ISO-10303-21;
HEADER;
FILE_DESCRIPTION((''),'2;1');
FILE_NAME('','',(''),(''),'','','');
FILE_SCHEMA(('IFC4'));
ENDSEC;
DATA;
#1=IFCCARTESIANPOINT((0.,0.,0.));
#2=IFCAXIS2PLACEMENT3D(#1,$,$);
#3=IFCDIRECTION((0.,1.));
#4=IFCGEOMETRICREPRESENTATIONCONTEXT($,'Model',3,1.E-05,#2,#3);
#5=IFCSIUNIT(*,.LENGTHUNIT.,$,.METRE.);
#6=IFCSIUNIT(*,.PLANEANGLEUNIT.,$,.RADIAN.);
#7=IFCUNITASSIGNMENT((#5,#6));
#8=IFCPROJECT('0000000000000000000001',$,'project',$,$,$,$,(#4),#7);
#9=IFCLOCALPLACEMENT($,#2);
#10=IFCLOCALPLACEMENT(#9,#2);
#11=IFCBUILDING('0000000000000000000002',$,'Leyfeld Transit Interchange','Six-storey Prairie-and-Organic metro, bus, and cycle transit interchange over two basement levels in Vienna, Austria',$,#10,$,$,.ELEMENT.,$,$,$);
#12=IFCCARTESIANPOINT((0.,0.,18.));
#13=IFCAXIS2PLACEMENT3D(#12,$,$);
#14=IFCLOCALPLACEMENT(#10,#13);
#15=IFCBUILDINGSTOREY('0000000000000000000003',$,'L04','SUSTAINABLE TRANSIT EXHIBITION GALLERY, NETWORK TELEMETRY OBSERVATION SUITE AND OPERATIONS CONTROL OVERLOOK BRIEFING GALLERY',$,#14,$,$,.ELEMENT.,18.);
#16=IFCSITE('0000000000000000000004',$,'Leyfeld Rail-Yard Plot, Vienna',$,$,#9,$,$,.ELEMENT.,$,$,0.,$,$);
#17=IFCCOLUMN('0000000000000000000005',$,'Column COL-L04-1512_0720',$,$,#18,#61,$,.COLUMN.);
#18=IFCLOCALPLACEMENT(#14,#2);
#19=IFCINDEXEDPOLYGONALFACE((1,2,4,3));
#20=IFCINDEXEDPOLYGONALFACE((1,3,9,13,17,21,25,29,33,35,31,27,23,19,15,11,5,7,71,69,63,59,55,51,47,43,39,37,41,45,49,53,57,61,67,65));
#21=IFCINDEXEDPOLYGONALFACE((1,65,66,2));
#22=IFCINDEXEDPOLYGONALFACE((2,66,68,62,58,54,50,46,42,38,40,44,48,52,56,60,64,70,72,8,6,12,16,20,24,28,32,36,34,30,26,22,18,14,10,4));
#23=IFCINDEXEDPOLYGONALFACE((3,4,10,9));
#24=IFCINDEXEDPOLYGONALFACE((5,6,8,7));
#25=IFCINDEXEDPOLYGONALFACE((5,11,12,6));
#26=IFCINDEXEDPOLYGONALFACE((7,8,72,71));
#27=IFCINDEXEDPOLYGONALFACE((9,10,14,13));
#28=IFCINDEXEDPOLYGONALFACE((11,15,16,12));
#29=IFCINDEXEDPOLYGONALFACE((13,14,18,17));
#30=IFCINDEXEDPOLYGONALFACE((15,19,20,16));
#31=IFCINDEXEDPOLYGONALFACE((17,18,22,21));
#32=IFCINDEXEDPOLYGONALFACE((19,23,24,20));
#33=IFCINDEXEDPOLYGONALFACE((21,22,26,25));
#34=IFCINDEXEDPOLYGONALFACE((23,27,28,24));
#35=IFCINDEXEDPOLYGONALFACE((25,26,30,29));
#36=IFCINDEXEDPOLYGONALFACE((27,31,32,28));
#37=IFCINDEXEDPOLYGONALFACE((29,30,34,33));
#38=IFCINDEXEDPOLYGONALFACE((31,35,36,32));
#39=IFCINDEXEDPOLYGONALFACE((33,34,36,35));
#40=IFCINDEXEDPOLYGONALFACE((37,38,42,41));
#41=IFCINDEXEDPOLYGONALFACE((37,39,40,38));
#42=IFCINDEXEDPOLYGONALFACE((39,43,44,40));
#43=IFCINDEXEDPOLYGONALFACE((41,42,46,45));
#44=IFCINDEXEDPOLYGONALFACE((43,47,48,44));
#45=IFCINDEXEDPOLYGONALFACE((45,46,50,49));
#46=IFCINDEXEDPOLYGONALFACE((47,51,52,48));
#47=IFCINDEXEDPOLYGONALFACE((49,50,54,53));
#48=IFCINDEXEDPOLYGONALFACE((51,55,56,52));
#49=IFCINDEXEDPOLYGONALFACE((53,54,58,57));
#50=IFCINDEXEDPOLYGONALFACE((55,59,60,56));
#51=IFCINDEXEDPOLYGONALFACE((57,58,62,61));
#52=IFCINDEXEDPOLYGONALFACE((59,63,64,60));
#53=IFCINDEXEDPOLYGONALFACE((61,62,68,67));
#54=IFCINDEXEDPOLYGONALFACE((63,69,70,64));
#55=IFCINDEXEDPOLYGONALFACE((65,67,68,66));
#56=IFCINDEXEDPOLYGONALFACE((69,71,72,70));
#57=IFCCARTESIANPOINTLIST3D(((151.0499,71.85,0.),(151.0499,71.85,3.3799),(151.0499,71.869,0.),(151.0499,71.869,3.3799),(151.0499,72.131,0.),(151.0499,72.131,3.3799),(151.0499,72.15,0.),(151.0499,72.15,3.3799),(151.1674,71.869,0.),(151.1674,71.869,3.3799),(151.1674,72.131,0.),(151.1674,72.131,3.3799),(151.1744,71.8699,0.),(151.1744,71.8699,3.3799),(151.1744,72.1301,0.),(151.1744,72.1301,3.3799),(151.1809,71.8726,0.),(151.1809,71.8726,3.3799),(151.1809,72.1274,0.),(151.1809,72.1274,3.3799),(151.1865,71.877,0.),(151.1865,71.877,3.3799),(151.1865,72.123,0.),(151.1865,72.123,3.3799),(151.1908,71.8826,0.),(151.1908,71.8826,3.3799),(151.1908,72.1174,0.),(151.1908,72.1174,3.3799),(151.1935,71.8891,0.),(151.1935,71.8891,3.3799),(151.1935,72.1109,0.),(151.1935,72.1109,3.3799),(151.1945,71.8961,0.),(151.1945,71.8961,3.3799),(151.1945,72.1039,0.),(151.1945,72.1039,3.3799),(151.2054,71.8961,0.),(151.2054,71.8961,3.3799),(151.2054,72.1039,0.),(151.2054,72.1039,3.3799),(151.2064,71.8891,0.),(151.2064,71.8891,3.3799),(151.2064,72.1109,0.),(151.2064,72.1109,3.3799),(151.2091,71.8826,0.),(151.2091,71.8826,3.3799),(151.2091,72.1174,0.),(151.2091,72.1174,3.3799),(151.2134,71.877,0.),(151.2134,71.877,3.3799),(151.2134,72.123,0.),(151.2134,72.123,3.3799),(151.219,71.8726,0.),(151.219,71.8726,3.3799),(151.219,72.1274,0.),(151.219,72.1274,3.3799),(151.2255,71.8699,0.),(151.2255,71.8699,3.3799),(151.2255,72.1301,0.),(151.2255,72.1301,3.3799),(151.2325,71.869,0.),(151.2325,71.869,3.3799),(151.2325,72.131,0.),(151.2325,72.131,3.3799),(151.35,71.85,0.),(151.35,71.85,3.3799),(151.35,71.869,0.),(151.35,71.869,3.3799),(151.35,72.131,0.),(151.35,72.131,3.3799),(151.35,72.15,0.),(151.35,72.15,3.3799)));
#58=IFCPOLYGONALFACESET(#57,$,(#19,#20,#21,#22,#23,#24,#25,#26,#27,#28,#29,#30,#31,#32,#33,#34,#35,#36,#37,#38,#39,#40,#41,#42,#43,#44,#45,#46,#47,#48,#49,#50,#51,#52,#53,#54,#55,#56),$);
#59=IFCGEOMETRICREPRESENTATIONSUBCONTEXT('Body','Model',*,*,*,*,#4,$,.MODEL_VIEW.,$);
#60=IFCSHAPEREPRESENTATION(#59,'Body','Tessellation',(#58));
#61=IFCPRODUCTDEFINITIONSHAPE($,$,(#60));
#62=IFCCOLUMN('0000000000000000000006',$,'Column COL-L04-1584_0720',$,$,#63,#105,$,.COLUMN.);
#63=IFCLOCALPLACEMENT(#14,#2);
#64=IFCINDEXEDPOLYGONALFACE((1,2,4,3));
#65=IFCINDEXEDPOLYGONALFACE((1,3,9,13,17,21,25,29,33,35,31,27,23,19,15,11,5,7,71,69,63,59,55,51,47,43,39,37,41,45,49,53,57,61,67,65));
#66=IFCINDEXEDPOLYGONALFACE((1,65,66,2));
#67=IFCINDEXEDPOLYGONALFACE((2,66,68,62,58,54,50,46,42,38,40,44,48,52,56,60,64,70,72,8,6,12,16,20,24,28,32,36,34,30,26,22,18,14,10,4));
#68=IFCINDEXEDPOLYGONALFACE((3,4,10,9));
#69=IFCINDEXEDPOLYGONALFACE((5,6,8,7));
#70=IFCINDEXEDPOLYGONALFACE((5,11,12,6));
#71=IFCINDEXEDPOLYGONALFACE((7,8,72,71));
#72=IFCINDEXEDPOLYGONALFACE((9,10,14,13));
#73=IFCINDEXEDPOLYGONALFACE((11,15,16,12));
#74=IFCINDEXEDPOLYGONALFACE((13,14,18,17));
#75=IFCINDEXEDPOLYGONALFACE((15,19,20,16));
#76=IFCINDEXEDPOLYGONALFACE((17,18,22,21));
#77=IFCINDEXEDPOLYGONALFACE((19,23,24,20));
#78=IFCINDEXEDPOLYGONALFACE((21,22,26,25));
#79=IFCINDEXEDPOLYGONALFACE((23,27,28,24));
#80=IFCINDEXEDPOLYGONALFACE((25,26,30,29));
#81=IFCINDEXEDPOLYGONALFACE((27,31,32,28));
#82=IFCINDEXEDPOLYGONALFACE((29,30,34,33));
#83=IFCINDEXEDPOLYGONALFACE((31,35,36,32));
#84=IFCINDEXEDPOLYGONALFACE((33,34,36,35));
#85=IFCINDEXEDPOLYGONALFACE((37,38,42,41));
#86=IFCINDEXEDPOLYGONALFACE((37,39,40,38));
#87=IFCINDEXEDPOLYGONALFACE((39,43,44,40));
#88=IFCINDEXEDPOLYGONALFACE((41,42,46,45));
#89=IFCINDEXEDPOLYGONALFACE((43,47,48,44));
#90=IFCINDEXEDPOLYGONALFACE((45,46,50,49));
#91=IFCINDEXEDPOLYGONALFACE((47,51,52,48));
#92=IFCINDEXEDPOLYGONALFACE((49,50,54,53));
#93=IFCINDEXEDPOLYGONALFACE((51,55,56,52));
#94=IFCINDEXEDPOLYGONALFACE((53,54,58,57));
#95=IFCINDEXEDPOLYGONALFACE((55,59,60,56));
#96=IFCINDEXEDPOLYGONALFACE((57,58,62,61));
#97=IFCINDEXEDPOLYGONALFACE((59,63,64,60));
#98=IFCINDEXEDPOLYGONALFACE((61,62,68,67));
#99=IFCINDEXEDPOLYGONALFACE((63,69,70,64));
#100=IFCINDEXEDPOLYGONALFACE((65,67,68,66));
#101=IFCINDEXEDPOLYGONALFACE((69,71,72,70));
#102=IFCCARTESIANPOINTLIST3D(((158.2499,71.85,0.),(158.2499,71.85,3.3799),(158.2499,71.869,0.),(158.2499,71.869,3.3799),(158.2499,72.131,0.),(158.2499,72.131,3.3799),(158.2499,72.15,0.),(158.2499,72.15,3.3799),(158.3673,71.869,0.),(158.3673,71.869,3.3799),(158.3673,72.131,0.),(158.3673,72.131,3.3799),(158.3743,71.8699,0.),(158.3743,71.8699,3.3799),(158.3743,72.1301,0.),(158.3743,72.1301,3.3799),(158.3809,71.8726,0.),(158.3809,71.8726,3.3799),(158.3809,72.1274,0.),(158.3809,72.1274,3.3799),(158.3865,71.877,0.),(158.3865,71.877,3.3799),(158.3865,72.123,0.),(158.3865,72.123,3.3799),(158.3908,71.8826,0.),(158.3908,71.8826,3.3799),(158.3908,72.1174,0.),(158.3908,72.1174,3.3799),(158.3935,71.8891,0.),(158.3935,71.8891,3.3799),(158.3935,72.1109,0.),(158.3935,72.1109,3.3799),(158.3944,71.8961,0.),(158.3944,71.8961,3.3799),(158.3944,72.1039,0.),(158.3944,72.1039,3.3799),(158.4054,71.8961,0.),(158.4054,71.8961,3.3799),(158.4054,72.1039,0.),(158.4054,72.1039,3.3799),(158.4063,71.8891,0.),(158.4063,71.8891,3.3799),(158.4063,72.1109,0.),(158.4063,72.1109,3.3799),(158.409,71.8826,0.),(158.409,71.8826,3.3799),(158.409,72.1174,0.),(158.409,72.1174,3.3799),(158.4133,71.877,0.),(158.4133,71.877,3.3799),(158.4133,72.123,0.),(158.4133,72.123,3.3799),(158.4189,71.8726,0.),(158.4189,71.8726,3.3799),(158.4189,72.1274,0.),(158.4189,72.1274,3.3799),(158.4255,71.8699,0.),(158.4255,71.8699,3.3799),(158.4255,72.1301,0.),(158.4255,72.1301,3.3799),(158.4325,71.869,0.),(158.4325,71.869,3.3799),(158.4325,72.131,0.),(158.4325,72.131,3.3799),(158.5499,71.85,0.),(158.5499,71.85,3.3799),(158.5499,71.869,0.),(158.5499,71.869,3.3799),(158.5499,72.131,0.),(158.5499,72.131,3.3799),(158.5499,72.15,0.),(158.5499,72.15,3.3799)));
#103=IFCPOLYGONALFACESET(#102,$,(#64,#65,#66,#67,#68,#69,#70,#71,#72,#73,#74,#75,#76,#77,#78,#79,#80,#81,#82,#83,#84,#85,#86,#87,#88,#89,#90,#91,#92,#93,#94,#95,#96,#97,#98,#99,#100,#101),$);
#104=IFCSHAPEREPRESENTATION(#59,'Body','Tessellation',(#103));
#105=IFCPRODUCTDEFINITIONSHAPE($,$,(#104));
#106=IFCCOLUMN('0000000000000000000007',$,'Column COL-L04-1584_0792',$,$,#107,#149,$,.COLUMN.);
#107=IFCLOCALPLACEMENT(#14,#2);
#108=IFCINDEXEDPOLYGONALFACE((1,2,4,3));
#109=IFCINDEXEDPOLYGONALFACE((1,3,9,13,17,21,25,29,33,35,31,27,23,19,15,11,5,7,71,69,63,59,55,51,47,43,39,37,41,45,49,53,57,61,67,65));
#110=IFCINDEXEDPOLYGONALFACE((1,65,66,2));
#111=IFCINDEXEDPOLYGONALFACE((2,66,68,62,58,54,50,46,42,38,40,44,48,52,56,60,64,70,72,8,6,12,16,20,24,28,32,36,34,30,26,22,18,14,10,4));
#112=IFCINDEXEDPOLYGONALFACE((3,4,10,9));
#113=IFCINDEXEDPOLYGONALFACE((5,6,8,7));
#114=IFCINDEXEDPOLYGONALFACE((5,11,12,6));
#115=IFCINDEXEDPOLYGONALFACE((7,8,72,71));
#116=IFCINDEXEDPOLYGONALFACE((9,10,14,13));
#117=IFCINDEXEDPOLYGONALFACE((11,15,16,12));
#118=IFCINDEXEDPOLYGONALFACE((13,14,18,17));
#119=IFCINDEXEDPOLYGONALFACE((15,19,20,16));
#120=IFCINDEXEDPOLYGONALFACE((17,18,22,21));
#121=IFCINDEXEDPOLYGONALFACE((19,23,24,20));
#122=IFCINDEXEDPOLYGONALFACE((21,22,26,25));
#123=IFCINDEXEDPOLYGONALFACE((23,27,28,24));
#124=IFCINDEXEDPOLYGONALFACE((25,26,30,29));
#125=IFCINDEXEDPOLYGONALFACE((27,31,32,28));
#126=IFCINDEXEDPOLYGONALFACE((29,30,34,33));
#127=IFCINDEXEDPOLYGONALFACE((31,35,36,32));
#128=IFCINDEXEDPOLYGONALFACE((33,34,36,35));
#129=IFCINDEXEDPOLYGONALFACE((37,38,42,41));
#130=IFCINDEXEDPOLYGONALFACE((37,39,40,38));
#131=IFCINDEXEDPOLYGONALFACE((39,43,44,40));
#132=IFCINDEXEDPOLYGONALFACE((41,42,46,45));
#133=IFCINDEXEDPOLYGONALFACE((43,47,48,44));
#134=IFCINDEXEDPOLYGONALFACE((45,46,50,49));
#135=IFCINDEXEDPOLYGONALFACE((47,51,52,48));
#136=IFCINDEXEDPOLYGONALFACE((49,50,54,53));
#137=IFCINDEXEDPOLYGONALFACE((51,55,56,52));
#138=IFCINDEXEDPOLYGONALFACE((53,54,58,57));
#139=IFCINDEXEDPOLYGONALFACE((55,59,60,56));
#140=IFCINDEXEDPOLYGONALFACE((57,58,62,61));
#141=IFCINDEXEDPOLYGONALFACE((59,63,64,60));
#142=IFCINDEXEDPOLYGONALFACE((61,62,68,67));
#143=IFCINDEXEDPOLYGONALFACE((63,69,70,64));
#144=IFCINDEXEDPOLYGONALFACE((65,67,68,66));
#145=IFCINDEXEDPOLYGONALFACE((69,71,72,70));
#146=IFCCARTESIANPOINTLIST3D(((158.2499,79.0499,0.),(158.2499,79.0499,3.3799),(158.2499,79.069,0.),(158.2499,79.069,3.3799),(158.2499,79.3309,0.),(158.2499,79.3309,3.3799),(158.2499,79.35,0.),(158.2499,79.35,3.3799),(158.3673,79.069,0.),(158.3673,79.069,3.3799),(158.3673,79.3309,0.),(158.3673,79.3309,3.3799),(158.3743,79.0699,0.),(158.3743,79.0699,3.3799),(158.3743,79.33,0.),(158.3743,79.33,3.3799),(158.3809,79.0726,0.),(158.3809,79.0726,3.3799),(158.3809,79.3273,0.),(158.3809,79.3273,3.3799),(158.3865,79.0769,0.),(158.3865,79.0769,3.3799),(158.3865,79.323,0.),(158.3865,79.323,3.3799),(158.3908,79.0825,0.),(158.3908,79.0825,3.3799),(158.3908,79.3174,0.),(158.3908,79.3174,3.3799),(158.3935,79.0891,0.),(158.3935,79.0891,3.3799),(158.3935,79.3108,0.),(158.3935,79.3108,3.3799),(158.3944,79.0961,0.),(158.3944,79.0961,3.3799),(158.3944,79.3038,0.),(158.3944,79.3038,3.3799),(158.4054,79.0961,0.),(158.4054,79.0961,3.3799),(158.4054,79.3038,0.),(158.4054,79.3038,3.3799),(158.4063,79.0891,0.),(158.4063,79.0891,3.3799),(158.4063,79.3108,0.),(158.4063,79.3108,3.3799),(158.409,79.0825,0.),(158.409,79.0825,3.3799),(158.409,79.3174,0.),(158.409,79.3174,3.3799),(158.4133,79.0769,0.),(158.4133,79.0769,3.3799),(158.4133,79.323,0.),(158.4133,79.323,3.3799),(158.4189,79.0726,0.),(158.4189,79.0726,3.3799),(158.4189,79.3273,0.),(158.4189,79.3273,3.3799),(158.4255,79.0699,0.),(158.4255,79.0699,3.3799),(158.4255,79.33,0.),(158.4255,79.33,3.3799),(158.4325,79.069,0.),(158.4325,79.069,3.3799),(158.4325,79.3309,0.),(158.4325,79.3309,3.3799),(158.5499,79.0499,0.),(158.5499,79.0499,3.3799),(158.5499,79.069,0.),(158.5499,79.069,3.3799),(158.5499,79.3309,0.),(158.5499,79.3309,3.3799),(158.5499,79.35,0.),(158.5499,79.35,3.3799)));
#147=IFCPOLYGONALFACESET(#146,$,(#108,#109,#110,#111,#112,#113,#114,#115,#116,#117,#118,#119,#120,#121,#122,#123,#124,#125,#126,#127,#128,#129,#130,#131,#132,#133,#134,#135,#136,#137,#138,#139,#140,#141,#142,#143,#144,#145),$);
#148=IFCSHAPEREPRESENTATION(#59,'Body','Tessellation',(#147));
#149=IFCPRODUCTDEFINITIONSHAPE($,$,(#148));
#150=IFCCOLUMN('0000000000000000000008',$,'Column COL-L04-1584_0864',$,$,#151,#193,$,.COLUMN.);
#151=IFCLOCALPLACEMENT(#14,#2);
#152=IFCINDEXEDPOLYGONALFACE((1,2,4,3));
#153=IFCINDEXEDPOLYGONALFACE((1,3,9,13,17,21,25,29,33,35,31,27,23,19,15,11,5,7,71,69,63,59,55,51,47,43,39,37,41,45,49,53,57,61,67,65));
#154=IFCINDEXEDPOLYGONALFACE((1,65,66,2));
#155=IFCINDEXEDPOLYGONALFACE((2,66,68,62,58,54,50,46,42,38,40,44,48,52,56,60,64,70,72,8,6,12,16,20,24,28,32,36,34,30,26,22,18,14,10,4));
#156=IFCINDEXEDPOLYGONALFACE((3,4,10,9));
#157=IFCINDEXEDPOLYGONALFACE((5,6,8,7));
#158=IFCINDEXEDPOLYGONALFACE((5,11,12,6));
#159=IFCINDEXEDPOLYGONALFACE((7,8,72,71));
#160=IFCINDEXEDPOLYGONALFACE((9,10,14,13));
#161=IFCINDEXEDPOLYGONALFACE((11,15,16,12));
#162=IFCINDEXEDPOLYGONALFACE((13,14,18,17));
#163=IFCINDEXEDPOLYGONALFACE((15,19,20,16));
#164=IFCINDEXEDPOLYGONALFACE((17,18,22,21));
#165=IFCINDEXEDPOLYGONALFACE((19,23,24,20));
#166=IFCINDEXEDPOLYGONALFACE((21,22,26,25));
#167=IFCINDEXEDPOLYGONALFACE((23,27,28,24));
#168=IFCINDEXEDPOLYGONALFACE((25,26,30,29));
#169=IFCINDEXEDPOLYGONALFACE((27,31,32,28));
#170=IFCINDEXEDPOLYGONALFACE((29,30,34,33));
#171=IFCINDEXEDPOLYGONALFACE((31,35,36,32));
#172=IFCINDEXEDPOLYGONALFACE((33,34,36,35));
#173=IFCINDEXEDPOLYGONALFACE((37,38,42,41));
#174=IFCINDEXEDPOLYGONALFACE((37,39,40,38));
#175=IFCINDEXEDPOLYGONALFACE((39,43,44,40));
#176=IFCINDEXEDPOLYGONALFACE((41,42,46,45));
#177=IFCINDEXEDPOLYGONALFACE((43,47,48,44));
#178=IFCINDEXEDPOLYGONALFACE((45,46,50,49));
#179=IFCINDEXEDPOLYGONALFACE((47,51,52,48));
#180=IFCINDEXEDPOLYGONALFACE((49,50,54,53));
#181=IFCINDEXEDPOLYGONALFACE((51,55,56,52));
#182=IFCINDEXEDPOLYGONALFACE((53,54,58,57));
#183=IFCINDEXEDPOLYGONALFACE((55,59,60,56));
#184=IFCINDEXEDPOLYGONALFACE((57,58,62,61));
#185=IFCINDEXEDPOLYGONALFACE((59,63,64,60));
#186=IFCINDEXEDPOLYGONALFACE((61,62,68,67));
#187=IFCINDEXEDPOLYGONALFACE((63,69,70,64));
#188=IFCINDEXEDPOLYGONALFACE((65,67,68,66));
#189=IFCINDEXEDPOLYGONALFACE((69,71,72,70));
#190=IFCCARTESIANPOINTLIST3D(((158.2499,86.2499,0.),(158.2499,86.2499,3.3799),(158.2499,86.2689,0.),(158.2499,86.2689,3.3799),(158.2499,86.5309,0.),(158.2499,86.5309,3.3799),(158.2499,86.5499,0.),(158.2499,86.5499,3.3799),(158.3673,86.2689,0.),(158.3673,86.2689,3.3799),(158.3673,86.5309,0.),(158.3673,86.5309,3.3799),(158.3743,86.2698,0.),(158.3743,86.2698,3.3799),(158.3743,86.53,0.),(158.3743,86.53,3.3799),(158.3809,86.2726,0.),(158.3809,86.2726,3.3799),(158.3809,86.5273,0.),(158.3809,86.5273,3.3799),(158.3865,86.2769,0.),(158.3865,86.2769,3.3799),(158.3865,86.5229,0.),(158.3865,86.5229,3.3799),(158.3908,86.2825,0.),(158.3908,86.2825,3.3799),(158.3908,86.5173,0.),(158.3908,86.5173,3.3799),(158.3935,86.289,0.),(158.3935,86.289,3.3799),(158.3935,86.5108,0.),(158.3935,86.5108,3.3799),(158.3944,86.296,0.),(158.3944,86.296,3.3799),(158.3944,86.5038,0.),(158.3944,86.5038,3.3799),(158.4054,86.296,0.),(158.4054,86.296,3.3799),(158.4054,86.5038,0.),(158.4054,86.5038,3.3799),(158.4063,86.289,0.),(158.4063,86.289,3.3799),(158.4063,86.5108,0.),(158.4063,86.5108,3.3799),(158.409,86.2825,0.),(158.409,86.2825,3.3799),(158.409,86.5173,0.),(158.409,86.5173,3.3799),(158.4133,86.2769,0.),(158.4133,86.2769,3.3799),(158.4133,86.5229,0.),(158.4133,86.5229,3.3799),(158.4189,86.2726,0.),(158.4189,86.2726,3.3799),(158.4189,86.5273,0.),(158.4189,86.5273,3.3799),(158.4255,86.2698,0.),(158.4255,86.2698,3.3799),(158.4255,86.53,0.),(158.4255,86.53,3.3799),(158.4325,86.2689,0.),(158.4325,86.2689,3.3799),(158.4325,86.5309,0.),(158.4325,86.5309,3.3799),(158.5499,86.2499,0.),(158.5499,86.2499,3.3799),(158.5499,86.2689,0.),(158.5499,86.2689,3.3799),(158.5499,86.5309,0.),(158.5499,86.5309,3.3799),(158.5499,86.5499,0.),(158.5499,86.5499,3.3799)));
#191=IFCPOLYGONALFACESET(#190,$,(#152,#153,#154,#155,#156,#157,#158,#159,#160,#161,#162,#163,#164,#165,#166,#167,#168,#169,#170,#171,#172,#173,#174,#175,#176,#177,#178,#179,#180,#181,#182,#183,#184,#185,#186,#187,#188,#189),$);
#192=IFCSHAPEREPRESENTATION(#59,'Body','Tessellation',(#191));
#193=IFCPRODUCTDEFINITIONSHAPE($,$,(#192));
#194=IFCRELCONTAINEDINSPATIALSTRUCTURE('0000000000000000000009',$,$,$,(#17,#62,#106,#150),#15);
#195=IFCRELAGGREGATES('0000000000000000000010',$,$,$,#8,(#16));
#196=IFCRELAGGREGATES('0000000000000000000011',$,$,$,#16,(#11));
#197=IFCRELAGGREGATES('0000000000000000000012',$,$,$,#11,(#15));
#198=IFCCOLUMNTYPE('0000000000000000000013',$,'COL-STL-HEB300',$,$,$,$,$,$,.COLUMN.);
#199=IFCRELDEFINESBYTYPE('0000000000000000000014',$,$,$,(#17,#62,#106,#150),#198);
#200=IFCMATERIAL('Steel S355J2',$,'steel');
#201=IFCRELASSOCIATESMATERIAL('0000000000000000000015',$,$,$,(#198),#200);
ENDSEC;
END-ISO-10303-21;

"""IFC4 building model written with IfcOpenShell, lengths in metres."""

from ifc_helpers import new_model, si_unit, direction, frame, origin, origin_2d, place, context, subcontext, project, spatial, i_section, extrude, material, material_profile, profile_set, type_object, element, save


model = new_model("IFC4")

# Units and contexts
model_context = context("Model", 3, precision=1e-05, world=origin(), true_north=direction((0.0, 1.0)))
body_context = subcontext(model_context, "Body", "Model", "MODEL_VIEW")
ifc_project = project(units=[si_unit("LENGTHUNIT", "METRE"), si_unit("PLANEANGLEUNIT", "RADIAN")], contexts=[model_context])

# Site, building, storey
site_placement = place(None, origin())
site = spatial("IfcSite", under=ifc_project, at=site_placement, Name="Leyfeld Rail-Yard Plot, Vienna", CompositionType="ELEMENT", RefElevation=0.0)
building_placement = place(site_placement, origin())
building = spatial("IfcBuilding", under=site, at=building_placement, Name="Leyfeld Transit Interchange", Description="Six-storey Prairie-and-Organic metro, bus, and cycle transit interchange over two basement levels in Vienna, Austria", CompositionType="ELEMENT")
storey_placement = place(building_placement, frame((0.0, 0.0, 18.0)))
storey = spatial("IfcBuildingStorey", under=building, at=storey_placement, Name="L04", Description="SUSTAINABLE TRANSIT EXHIBITION GALLERY, NETWORK TELEMETRY OBSERVATION SUITE AND OPERATIONS CONTROL OVERLOOK BRIEFING GALLERY", CompositionType="ELEMENT", Elevation=18.0)

# Columns
ifc_material_1 = material(Name="Steel S355J2", Category="steel")
ifc_material_profile_1 = material_profile(ifc_material_1, i_section(OverallWidth=0.3, OverallDepth=0.3, WebThickness=0.011, FlangeThickness=0.019, FilletRadius=0.0271, at=origin_2d()), Name="HEB 300")
ifc_profile_set_1 = profile_set([ifc_material_profile_1], Name="Steel S355J2")
column_type = type_object("IfcColumnType", Name="COL-STL-HEB300", PredefinedType="COLUMN", material=ifc_profile_set_1)
for number, where, z_axis, x_axis, name in (
    (1, (151.2, 72.0, 0.0), (0.0, 0.0, 1.0), (1.0, 0.0, 0.0), "Column COL-L04-1512_0720"),
    (2, (158.3999, 72.0, 0.0), (0.0, 0.0, 1.0), (1.0, 0.0, 0.0), "Column COL-L04-1584_0720"),
    (3, (158.3999, 79.2, 0.0), (0.0, 0.0, 1.0), (1.0, 0.0, 0.0), "Column COL-L04-1584_0792"),
    (4, (158.3999, 86.3999, 0.0), (0.0, 0.0, 1.0), (1.0, 0.0, 0.0), "Column COL-L04-1584_0864"),
):
    element("IfcColumn", number, at=place(storey_placement, frame(where, z_axis=z_axis, x_axis=x_axis)), inside=storey, type_object=column_type, Name=name, PredefinedType="COLUMN", context=body_context, shape_type="SweptSolid", body=[
        extrude(i_section(OverallWidth=0.3, OverallDepth=0.3, WebThickness=0.011, FlangeThickness=0.019, FilletRadius=0.0271, at=origin_2d()), origin(), (0.0, 0.0, 1.0), 3.3799),
    ])

save(model, "model.ifc")
